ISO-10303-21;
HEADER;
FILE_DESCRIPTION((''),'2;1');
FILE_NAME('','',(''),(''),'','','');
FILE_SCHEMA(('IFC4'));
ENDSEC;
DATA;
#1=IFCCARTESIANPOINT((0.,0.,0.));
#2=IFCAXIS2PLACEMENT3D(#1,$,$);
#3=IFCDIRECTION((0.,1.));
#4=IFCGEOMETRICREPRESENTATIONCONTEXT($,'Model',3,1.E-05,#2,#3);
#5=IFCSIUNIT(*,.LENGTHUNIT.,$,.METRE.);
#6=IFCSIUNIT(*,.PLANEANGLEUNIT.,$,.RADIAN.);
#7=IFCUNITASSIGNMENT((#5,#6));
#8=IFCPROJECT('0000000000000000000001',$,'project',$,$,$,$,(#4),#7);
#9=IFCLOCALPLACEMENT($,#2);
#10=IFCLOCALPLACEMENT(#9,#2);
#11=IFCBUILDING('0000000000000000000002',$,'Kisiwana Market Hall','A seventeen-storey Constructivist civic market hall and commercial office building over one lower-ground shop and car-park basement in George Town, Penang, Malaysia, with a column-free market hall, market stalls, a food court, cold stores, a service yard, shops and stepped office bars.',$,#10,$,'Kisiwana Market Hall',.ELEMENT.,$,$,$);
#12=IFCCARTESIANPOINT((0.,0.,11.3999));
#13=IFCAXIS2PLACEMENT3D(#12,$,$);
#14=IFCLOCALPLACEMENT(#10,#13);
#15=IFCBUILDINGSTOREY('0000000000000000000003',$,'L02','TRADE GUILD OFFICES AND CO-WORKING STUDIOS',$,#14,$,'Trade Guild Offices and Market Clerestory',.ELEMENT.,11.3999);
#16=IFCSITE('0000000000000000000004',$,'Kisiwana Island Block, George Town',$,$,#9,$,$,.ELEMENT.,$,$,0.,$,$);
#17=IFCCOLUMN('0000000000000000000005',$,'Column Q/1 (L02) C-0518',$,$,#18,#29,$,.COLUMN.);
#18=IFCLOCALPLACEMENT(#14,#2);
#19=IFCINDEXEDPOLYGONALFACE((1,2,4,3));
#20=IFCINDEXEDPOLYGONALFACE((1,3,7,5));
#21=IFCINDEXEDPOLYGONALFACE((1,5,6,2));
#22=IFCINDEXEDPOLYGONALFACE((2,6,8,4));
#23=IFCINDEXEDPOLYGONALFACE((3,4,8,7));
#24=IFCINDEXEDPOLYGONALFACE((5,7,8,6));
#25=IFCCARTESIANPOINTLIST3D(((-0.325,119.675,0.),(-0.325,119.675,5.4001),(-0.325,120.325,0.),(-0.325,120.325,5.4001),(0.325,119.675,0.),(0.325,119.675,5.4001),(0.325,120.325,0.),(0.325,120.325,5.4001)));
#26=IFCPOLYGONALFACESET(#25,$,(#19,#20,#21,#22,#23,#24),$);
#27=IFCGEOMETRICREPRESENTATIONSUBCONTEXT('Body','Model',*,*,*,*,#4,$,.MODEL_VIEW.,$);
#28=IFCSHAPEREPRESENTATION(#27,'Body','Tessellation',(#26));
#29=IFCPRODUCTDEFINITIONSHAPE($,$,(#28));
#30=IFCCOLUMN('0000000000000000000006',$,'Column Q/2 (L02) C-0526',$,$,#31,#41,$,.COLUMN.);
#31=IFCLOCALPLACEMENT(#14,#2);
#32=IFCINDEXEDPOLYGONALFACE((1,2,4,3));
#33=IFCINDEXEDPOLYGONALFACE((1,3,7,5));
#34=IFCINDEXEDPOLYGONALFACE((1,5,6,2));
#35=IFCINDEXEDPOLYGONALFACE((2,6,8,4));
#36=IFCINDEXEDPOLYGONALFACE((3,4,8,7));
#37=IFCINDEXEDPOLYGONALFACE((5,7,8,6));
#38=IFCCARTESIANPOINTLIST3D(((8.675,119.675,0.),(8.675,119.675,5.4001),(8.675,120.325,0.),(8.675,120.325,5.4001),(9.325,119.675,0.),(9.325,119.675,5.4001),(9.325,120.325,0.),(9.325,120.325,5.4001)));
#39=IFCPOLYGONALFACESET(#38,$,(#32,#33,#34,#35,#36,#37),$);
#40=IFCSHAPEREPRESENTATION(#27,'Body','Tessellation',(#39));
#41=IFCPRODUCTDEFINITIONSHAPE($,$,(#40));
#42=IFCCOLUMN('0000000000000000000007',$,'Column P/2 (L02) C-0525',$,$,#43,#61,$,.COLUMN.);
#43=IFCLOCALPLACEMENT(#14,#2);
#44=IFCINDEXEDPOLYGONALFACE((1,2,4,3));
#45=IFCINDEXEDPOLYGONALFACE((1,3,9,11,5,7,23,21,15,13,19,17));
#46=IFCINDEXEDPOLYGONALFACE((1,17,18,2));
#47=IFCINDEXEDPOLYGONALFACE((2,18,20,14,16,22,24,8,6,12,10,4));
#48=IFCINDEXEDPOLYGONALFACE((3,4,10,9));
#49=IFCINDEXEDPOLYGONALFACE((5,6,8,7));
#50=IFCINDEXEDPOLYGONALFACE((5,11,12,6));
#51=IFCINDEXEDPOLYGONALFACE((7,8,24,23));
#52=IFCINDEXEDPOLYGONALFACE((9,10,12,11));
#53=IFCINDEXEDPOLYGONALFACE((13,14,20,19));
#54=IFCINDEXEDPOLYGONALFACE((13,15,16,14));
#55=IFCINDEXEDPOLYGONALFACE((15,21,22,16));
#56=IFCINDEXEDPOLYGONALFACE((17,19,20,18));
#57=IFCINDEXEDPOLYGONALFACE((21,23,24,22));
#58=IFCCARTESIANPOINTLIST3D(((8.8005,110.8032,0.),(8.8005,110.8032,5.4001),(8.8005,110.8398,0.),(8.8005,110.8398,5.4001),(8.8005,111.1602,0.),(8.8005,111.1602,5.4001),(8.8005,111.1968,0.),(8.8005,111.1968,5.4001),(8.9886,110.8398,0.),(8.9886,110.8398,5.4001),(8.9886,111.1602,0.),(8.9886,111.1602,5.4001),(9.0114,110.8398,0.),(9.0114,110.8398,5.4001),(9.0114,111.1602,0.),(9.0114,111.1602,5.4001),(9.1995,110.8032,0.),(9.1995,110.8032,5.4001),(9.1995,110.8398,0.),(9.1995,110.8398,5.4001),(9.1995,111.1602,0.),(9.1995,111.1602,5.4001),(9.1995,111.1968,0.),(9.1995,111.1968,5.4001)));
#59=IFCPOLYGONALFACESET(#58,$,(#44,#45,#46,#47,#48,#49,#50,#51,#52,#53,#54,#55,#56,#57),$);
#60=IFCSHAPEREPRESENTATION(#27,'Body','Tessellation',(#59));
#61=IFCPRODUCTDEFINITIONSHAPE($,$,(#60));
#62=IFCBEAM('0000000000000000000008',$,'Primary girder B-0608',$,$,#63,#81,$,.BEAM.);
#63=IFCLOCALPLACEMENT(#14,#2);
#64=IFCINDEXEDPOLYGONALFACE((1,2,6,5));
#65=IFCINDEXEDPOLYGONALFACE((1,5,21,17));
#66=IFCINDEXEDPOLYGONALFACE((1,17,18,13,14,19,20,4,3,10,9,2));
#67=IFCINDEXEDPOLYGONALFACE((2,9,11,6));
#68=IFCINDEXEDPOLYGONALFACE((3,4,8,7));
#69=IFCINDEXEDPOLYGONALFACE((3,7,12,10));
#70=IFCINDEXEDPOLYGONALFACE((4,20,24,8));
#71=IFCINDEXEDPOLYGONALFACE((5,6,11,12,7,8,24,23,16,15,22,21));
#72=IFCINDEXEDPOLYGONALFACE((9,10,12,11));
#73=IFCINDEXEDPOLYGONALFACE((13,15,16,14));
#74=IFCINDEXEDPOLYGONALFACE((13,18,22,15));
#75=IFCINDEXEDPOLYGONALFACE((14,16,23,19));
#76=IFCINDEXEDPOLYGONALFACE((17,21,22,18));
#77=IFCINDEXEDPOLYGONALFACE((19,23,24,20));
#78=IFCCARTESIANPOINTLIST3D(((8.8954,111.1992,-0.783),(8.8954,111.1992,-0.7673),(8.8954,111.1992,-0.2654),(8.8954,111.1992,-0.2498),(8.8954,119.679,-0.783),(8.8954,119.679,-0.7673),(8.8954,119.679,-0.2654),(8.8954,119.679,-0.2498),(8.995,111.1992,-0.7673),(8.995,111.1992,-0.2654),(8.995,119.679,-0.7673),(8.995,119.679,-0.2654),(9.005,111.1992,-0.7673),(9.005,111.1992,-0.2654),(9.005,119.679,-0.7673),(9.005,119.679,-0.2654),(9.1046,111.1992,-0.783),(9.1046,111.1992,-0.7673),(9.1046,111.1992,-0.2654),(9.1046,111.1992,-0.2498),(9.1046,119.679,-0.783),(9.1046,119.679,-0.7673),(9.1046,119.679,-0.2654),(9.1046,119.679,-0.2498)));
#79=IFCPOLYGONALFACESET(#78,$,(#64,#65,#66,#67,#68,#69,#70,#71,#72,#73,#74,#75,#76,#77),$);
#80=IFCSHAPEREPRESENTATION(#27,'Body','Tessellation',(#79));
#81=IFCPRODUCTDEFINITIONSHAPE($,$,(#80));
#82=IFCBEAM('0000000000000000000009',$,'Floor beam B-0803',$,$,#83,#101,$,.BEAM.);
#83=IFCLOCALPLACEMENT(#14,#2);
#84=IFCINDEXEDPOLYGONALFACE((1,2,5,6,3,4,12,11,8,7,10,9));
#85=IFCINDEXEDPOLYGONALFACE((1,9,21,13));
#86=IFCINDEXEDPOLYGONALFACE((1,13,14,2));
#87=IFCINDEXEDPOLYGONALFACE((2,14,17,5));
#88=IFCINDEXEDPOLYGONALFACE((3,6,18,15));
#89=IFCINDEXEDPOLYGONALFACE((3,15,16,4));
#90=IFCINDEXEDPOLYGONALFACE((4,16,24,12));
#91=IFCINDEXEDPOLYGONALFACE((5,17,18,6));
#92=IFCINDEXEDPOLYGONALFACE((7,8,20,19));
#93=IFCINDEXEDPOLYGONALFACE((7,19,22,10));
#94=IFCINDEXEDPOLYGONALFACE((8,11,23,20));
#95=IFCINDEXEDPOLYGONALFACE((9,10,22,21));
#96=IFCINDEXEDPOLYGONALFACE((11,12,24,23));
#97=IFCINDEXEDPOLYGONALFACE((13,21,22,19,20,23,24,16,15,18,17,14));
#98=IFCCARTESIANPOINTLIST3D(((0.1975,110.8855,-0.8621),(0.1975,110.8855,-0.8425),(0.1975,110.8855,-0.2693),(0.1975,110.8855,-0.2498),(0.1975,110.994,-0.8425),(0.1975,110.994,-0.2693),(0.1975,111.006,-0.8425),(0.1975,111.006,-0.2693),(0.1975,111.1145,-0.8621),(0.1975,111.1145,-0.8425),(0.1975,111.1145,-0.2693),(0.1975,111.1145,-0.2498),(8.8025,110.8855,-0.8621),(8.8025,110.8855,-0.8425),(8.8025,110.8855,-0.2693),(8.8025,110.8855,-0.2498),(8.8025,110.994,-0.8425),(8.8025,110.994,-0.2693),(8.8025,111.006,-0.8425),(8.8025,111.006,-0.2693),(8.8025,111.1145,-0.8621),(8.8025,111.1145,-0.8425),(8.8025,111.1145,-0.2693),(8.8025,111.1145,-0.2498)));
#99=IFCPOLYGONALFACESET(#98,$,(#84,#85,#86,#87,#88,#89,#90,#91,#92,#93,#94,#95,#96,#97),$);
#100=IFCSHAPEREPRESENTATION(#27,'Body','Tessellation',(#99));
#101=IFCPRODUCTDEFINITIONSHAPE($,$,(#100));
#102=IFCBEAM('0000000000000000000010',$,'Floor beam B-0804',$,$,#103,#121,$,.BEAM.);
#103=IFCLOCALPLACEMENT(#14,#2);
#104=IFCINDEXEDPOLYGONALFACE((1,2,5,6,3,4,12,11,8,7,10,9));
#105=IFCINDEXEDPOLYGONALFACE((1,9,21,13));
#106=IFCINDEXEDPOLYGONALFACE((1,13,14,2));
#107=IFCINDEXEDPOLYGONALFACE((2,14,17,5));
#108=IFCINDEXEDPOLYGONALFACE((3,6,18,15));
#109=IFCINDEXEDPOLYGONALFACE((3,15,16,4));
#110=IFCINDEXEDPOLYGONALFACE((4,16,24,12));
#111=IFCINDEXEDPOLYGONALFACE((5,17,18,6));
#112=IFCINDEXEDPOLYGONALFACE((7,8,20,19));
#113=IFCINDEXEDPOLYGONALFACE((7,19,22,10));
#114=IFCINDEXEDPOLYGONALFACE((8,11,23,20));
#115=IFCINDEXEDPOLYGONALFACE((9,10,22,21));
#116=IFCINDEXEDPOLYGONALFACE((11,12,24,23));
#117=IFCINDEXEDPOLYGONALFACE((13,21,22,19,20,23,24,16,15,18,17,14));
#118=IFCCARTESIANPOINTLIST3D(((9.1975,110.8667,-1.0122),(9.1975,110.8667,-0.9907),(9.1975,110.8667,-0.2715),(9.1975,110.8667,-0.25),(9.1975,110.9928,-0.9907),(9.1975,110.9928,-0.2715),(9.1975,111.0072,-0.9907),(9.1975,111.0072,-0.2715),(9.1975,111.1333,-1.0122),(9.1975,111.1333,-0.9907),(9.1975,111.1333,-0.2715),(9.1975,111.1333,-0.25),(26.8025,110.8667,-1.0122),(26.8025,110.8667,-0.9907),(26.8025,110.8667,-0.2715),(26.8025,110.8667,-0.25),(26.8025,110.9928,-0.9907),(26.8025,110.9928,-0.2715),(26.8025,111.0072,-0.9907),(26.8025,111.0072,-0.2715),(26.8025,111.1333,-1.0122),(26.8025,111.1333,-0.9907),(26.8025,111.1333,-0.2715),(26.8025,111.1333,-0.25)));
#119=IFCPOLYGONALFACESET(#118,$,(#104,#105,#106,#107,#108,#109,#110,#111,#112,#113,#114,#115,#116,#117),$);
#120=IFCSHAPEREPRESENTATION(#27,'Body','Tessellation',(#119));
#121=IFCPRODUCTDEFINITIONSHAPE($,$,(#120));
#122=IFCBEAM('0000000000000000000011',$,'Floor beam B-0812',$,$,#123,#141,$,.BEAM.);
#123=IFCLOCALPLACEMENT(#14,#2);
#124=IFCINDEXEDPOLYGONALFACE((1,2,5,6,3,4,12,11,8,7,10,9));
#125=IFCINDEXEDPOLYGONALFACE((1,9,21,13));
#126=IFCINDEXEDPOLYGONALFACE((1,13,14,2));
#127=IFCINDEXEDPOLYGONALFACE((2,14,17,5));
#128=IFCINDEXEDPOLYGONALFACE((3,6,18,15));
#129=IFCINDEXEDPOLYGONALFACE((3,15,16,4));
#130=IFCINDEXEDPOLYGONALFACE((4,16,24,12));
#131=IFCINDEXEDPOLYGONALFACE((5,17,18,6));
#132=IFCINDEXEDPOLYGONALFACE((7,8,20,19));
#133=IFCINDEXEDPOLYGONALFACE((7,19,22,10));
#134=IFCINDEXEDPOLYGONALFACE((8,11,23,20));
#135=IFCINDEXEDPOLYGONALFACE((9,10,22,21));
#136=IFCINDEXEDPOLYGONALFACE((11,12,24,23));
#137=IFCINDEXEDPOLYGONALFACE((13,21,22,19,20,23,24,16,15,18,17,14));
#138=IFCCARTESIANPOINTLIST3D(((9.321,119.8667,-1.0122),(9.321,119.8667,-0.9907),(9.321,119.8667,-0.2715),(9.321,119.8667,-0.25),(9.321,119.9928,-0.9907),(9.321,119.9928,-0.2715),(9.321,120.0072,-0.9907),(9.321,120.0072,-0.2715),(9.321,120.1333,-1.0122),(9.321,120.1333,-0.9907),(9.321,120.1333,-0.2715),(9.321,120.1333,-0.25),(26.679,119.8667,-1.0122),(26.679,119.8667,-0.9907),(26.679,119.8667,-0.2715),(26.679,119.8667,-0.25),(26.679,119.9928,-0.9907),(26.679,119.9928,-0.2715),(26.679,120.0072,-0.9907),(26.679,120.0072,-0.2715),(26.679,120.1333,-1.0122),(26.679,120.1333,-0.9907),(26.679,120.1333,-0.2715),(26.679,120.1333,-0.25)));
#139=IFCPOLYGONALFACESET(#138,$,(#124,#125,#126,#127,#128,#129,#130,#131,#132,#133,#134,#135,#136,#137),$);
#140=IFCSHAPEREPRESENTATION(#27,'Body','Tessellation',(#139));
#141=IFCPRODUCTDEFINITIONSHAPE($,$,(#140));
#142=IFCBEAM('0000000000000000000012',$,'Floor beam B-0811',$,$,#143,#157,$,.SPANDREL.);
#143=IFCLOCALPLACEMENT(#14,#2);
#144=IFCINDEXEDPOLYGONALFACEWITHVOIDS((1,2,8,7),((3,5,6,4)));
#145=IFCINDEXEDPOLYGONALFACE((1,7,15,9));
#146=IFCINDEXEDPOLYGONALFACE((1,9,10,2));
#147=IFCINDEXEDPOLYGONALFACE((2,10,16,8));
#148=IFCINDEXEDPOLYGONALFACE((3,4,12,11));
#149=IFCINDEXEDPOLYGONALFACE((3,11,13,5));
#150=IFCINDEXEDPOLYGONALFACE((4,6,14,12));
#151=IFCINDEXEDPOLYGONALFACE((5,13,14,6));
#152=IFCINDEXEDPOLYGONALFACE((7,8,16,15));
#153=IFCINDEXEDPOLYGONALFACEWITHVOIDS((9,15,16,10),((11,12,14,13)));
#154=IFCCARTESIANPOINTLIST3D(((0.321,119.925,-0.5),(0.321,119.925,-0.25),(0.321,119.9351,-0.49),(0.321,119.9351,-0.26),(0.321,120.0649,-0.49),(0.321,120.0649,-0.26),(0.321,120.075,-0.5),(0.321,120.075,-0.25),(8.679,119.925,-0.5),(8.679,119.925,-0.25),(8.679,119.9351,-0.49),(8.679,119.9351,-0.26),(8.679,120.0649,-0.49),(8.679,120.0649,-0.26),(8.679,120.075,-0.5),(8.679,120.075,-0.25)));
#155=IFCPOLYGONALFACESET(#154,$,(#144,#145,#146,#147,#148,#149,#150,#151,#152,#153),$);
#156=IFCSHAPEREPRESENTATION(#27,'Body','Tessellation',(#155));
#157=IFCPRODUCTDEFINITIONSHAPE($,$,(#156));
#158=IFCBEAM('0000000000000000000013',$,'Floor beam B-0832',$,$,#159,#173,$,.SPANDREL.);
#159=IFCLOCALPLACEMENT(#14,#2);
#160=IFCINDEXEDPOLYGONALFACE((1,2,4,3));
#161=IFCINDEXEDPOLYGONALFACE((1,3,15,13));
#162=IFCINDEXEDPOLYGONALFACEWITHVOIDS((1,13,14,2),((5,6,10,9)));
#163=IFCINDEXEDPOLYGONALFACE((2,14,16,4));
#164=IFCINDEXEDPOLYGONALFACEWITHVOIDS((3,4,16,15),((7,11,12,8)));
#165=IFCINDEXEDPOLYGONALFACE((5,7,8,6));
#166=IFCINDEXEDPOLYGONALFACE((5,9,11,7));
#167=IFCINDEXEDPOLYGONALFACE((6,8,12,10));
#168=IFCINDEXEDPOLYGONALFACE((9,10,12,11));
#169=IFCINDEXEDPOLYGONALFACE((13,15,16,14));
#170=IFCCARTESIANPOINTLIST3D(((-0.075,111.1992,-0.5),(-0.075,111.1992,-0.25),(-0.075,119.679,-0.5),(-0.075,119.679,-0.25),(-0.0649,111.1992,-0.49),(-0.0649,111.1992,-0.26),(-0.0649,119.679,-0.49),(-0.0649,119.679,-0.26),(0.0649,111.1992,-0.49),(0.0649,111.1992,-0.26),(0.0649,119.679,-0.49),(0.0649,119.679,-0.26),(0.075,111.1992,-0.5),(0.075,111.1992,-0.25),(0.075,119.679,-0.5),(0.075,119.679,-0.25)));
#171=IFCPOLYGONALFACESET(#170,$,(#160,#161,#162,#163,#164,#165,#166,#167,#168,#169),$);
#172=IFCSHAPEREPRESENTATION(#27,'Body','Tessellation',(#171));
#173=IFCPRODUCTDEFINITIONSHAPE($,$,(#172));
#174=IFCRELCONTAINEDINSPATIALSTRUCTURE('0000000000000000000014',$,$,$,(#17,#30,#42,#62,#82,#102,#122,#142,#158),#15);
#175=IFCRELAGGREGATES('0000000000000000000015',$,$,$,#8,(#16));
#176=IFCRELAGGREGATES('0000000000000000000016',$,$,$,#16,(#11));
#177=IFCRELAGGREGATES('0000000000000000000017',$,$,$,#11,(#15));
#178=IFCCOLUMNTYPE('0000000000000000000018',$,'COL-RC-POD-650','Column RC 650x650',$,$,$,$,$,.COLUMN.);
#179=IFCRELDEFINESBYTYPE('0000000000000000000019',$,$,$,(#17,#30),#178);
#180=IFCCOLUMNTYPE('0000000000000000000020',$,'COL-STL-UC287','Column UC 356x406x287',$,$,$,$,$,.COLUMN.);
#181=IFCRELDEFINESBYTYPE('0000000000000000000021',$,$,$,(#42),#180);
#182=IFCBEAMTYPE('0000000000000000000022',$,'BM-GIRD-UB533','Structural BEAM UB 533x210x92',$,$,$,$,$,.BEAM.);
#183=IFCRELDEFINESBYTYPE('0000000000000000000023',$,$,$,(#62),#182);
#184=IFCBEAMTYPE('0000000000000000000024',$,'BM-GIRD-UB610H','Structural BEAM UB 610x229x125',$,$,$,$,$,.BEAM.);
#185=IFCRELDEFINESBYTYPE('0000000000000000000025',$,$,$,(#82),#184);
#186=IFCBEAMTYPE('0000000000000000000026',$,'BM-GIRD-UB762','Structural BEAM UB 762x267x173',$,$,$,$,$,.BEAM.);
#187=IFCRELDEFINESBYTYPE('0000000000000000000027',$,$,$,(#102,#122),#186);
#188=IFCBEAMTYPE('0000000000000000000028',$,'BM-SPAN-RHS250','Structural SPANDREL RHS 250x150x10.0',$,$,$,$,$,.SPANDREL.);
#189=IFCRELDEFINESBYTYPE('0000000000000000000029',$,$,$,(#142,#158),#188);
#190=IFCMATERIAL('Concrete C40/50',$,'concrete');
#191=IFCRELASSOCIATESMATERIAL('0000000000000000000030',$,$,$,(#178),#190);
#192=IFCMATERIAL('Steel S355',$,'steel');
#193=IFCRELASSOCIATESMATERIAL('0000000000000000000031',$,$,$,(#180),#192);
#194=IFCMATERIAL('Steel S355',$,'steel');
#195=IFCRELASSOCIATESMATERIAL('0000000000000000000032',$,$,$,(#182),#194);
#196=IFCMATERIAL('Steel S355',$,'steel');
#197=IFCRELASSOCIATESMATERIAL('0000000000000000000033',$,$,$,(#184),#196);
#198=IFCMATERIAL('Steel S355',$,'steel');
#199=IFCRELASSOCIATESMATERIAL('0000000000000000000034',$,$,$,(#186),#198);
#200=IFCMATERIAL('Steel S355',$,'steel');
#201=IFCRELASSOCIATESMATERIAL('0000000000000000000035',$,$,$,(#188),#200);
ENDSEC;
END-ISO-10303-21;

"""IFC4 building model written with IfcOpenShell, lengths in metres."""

from ifc_helpers import new_model, si_unit, direction, frame, origin, origin_2d, place, context, subcontext, project, spatial, rectangle, hollow_rectangle, i_section, extrude, material, material_profile, profile_set, type_object, element, save


model = new_model("IFC4")

# Units and contexts
model_context = context("Model", 3, precision=1e-05, world=origin(), true_north=direction((0.0, 1.0)))
body_context = subcontext(model_context, "Body", "Model", "MODEL_VIEW")
ifc_project = project(units=[si_unit("LENGTHUNIT", "METRE"), si_unit("PLANEANGLEUNIT", "RADIAN")], contexts=[model_context])

# Site, building, storey
site_placement = place(None, origin())
site = spatial("IfcSite", under=ifc_project, at=site_placement, Name="Kisiwana Island Block, George Town", CompositionType="ELEMENT", RefElevation=0.0)
building_placement = place(site_placement, origin())
building = spatial("IfcBuilding", under=site, at=building_placement, Name="Kisiwana Market Hall", Description="A seventeen-storey Constructivist civic market hall and commercial office building over one lower-ground shop and car-park basement in George Town, Penang, Malaysia, with a column-free market hall, market stalls, a food court, cold stores, a service yard, shops and stepped office bars.", LongName="Kisiwana Market Hall", CompositionType="ELEMENT")
storey_placement = place(building_placement, frame((0.0, 0.0, 11.3999)))
storey = spatial("IfcBuildingStorey", under=building, at=storey_placement, Name="L02", Description="TRADE GUILD OFFICES AND CO-WORKING STUDIOS", LongName="Trade Guild Offices and Market Clerestory", CompositionType="ELEMENT", Elevation=11.3999)

# Columns
ifc_material_1 = material(Name="Concrete C40/50", Category="concrete")
ifc_material_profile_1 = material_profile(ifc_material_1, rectangle(XDim=0.6499, YDim=0.6499, at=origin_2d()), Name="RC 650x650")
ifc_profile_set_1 = profile_set([ifc_material_profile_1], Name="Concrete C40/50")
column_type_1 = type_object("IfcColumnType", Name="COL-RC-POD-650", Description="Column RC 650x650", PredefinedType="COLUMN", material=ifc_profile_set_1)
for number, where, z_axis, x_axis, name in (
    (1, (0.0, 120.0, 0.0), (0.0, 0.0, 1.0), (1.0, 0.0, 0.0), "Column Q/1 (L02) C-0518"),
    (2, (9.0, 120.0, 0.0), (0.0, 0.0, 1.0), (1.0, 0.0, 0.0), "Column Q/2 (L02) C-0526"),
):
    element("IfcColumn", number, at=place(storey_placement, frame(where, z_axis=z_axis, x_axis=x_axis)), inside=storey, type_object=column_type_1, Name=name, PredefinedType="COLUMN", context=body_context, shape_type="SweptSolid", body=[
        extrude(rectangle(XDim=0.6499, YDim=0.6499, at=origin_2d()), origin(), (0.0, 0.0, 1.0), 5.4001),
    ])
ifc_material_2 = material(Name="Steel S355", Category="steel")
ifc_material_profile_2 = material_profile(ifc_material_2, i_section(OverallWidth=0.3989, OverallDepth=0.3936, WebThickness=0.0227, FlangeThickness=0.0366, at=origin_2d()), Name="UC 356x406x287")
ifc_profile_set_2 = profile_set([ifc_material_profile_2], Name="Steel S355")
column_type_2 = type_object("IfcColumnType", Name="COL-STL-UC287", Description="Column UC 356x406x287", PredefinedType="COLUMN", material=ifc_profile_set_2)
column_placement = place(storey_placement, frame((9.0, 111.0, 0.0), z_axis=(0.0, 0.0, 1.0), x_axis=(1.0, 0.0, 0.0)))
element("IfcColumn", 3, at=column_placement, inside=storey, type_object=column_type_2, Name="Column P/2 (L02) C-0525", PredefinedType="COLUMN", context=body_context, shape_type="SweptSolid", body=[
    extrude(i_section(OverallWidth=0.3989, OverallDepth=0.3936, WebThickness=0.0227, FlangeThickness=0.0366, at=origin_2d()), origin(), (0.0, 0.0, 1.0), 5.4001),
])

# Beams
ifc_material_3 = material(Name="Steel S355", Category="steel")
ifc_material_profile_3 = material_profile(ifc_material_3, i_section(OverallWidth=0.2092, OverallDepth=0.5332, WebThickness=0.01, FlangeThickness=0.0156, at=origin_2d()), Name="UB 533x210x92")
ifc_profile_set_3 = profile_set([ifc_material_profile_3], Name="Steel S355")
beam_type_1 = type_object("IfcBeamType", Name="BM-GIRD-UB533", Description="Structural BEAM UB 533x210x92", PredefinedType="BEAM", material=ifc_profile_set_3)
beam_1_placement = place(storey_placement, frame((9.0, 111.1992, -0.5164), z_axis=(0.0, 1.0, 0.0), x_axis=(-1.0, 0.0, 0.0)))
element("IfcBeam", 4, at=beam_1_placement, inside=storey, type_object=beam_type_1, Name="Primary girder B-0608", PredefinedType="BEAM", context=body_context, shape_type="SweptSolid", body=[
    extrude(i_section(OverallWidth=0.2092, OverallDepth=0.5332, WebThickness=0.01, FlangeThickness=0.0156, at=origin_2d()), origin(), (0.0, 0.0, 1.0), 8.4797),
])
ifc_material_4 = material(Name="Steel S355", Category="steel")
ifc_material_profile_4 = material_profile(ifc_material_4, i_section(OverallWidth=0.229, OverallDepth=0.6123, WebThickness=0.012, FlangeThickness=0.0195, at=origin_2d()), Name="UB 610x229x125")
ifc_profile_set_4 = profile_set([ifc_material_profile_4], Name="Steel S355")
beam_type_2 = type_object("IfcBeamType", Name="BM-GIRD-UB610H", Description="Structural BEAM UB 610x229x125", PredefinedType="BEAM", material=ifc_profile_set_4)
beam_2_placement = place(storey_placement, frame((0.1975, 111.0, -0.5559), z_axis=(1.0, 0.0, 0.0), x_axis=(0.0, 1.0, 0.0)))
element("IfcBeam", 5, at=beam_2_placement, inside=storey, type_object=beam_type_2, Name="Floor beam B-0803", PredefinedType="BEAM", context=body_context, shape_type="SweptSolid", body=[
    extrude(i_section(OverallWidth=0.229, OverallDepth=0.6123, WebThickness=0.012, FlangeThickness=0.0195, at=origin_2d()), origin(), (0.0, 0.0, 1.0), 8.605),
])
ifc_material_5 = material(Name="Steel S355", Category="steel")
ifc_material_profile_5 = material_profile(ifc_material_5, i_section(OverallWidth=0.2666, OverallDepth=0.7622, WebThickness=0.0144, FlangeThickness=0.0215, at=origin_2d()), Name="UB 762x267x173")
ifc_profile_set_5 = profile_set([ifc_material_profile_5], Name="Steel S355")
beam_type_3 = type_object("IfcBeamType", Name="BM-GIRD-UB762", Description="Structural BEAM UB 762x267x173", PredefinedType="BEAM", material=ifc_profile_set_5)
beam_3_placement = place(storey_placement, frame((9.1975, 111.0, -0.6311), z_axis=(1.0, 0.0, 0.0), x_axis=(0.0, 1.0, 0.0)))
element("IfcBeam", 6, at=beam_3_placement, inside=storey, type_object=beam_type_3, Name="Floor beam B-0804", PredefinedType="BEAM", context=body_context, shape_type="SweptSolid", body=[
    extrude(i_section(OverallWidth=0.2666, OverallDepth=0.7622, WebThickness=0.0144, FlangeThickness=0.0215, at=origin_2d()), origin(), (0.0, 0.0, 1.0), 17.605),
])
beam_4_placement = place(storey_placement, frame((9.321, 120.0, -0.6311), z_axis=(1.0, 0.0, 0.0), x_axis=(0.0, 1.0, 0.0)))
element("IfcBeam", 7, at=beam_4_placement, inside=storey, type_object=beam_type_3, Name="Floor beam B-0812", PredefinedType="BEAM", context=body_context, shape_type="SweptSolid", body=[
    extrude(i_section(OverallWidth=0.2666, OverallDepth=0.7622, WebThickness=0.0144, FlangeThickness=0.0215, at=origin_2d()), origin(), (0.0, 0.0, 1.0), 17.3579),
])
ifc_material_6 = material(Name="Steel S355", Category="steel")
ifc_material_profile_6 = material_profile(ifc_material_6, hollow_rectangle(XDim=0.1499, YDim=0.25, WallThickness=0.01, at=origin_2d()), Name="RHS 250x150x10.0")
ifc_profile_set_6 = profile_set([ifc_material_profile_6], Name="Steel S355")
beam_type_4 = type_object("IfcBeamType", Name="BM-SPAN-RHS250", Description="Structural SPANDREL RHS 250x150x10.0", PredefinedType="SPANDREL", material=ifc_profile_set_6)
beam_5_placement = place(storey_placement, frame((0.321, 120.0, -0.375), z_axis=(1.0, 0.0, 0.0), x_axis=(0.0, 1.0, 0.0)))
element("IfcBeam", 8, at=beam_5_placement, inside=storey, type_object=beam_type_4, Name="Floor beam B-0811", PredefinedType="SPANDREL", context=body_context, shape_type="SweptSolid", body=[
    extrude(hollow_rectangle(XDim=0.1499, YDim=0.25, WallThickness=0.01, at=origin_2d()), origin(), (0.0, 0.0, 1.0), 8.3579),
])
beam_6_placement = place(storey_placement, frame((0.0, 111.1992, -0.375), z_axis=(0.0, 1.0, 0.0), x_axis=(-1.0, 0.0, 0.0)))
element("IfcBeam", 9, at=beam_6_placement, inside=storey, type_object=beam_type_4, Name="Floor beam B-0832", PredefinedType="SPANDREL", context=body_context, shape_type="SweptSolid", body=[
    extrude(hollow_rectangle(XDim=0.1499, YDim=0.25, WallThickness=0.01, at=origin_2d()), origin(), (0.0, 0.0, 1.0), 8.4797),
])

save(model, "model.ifc")
